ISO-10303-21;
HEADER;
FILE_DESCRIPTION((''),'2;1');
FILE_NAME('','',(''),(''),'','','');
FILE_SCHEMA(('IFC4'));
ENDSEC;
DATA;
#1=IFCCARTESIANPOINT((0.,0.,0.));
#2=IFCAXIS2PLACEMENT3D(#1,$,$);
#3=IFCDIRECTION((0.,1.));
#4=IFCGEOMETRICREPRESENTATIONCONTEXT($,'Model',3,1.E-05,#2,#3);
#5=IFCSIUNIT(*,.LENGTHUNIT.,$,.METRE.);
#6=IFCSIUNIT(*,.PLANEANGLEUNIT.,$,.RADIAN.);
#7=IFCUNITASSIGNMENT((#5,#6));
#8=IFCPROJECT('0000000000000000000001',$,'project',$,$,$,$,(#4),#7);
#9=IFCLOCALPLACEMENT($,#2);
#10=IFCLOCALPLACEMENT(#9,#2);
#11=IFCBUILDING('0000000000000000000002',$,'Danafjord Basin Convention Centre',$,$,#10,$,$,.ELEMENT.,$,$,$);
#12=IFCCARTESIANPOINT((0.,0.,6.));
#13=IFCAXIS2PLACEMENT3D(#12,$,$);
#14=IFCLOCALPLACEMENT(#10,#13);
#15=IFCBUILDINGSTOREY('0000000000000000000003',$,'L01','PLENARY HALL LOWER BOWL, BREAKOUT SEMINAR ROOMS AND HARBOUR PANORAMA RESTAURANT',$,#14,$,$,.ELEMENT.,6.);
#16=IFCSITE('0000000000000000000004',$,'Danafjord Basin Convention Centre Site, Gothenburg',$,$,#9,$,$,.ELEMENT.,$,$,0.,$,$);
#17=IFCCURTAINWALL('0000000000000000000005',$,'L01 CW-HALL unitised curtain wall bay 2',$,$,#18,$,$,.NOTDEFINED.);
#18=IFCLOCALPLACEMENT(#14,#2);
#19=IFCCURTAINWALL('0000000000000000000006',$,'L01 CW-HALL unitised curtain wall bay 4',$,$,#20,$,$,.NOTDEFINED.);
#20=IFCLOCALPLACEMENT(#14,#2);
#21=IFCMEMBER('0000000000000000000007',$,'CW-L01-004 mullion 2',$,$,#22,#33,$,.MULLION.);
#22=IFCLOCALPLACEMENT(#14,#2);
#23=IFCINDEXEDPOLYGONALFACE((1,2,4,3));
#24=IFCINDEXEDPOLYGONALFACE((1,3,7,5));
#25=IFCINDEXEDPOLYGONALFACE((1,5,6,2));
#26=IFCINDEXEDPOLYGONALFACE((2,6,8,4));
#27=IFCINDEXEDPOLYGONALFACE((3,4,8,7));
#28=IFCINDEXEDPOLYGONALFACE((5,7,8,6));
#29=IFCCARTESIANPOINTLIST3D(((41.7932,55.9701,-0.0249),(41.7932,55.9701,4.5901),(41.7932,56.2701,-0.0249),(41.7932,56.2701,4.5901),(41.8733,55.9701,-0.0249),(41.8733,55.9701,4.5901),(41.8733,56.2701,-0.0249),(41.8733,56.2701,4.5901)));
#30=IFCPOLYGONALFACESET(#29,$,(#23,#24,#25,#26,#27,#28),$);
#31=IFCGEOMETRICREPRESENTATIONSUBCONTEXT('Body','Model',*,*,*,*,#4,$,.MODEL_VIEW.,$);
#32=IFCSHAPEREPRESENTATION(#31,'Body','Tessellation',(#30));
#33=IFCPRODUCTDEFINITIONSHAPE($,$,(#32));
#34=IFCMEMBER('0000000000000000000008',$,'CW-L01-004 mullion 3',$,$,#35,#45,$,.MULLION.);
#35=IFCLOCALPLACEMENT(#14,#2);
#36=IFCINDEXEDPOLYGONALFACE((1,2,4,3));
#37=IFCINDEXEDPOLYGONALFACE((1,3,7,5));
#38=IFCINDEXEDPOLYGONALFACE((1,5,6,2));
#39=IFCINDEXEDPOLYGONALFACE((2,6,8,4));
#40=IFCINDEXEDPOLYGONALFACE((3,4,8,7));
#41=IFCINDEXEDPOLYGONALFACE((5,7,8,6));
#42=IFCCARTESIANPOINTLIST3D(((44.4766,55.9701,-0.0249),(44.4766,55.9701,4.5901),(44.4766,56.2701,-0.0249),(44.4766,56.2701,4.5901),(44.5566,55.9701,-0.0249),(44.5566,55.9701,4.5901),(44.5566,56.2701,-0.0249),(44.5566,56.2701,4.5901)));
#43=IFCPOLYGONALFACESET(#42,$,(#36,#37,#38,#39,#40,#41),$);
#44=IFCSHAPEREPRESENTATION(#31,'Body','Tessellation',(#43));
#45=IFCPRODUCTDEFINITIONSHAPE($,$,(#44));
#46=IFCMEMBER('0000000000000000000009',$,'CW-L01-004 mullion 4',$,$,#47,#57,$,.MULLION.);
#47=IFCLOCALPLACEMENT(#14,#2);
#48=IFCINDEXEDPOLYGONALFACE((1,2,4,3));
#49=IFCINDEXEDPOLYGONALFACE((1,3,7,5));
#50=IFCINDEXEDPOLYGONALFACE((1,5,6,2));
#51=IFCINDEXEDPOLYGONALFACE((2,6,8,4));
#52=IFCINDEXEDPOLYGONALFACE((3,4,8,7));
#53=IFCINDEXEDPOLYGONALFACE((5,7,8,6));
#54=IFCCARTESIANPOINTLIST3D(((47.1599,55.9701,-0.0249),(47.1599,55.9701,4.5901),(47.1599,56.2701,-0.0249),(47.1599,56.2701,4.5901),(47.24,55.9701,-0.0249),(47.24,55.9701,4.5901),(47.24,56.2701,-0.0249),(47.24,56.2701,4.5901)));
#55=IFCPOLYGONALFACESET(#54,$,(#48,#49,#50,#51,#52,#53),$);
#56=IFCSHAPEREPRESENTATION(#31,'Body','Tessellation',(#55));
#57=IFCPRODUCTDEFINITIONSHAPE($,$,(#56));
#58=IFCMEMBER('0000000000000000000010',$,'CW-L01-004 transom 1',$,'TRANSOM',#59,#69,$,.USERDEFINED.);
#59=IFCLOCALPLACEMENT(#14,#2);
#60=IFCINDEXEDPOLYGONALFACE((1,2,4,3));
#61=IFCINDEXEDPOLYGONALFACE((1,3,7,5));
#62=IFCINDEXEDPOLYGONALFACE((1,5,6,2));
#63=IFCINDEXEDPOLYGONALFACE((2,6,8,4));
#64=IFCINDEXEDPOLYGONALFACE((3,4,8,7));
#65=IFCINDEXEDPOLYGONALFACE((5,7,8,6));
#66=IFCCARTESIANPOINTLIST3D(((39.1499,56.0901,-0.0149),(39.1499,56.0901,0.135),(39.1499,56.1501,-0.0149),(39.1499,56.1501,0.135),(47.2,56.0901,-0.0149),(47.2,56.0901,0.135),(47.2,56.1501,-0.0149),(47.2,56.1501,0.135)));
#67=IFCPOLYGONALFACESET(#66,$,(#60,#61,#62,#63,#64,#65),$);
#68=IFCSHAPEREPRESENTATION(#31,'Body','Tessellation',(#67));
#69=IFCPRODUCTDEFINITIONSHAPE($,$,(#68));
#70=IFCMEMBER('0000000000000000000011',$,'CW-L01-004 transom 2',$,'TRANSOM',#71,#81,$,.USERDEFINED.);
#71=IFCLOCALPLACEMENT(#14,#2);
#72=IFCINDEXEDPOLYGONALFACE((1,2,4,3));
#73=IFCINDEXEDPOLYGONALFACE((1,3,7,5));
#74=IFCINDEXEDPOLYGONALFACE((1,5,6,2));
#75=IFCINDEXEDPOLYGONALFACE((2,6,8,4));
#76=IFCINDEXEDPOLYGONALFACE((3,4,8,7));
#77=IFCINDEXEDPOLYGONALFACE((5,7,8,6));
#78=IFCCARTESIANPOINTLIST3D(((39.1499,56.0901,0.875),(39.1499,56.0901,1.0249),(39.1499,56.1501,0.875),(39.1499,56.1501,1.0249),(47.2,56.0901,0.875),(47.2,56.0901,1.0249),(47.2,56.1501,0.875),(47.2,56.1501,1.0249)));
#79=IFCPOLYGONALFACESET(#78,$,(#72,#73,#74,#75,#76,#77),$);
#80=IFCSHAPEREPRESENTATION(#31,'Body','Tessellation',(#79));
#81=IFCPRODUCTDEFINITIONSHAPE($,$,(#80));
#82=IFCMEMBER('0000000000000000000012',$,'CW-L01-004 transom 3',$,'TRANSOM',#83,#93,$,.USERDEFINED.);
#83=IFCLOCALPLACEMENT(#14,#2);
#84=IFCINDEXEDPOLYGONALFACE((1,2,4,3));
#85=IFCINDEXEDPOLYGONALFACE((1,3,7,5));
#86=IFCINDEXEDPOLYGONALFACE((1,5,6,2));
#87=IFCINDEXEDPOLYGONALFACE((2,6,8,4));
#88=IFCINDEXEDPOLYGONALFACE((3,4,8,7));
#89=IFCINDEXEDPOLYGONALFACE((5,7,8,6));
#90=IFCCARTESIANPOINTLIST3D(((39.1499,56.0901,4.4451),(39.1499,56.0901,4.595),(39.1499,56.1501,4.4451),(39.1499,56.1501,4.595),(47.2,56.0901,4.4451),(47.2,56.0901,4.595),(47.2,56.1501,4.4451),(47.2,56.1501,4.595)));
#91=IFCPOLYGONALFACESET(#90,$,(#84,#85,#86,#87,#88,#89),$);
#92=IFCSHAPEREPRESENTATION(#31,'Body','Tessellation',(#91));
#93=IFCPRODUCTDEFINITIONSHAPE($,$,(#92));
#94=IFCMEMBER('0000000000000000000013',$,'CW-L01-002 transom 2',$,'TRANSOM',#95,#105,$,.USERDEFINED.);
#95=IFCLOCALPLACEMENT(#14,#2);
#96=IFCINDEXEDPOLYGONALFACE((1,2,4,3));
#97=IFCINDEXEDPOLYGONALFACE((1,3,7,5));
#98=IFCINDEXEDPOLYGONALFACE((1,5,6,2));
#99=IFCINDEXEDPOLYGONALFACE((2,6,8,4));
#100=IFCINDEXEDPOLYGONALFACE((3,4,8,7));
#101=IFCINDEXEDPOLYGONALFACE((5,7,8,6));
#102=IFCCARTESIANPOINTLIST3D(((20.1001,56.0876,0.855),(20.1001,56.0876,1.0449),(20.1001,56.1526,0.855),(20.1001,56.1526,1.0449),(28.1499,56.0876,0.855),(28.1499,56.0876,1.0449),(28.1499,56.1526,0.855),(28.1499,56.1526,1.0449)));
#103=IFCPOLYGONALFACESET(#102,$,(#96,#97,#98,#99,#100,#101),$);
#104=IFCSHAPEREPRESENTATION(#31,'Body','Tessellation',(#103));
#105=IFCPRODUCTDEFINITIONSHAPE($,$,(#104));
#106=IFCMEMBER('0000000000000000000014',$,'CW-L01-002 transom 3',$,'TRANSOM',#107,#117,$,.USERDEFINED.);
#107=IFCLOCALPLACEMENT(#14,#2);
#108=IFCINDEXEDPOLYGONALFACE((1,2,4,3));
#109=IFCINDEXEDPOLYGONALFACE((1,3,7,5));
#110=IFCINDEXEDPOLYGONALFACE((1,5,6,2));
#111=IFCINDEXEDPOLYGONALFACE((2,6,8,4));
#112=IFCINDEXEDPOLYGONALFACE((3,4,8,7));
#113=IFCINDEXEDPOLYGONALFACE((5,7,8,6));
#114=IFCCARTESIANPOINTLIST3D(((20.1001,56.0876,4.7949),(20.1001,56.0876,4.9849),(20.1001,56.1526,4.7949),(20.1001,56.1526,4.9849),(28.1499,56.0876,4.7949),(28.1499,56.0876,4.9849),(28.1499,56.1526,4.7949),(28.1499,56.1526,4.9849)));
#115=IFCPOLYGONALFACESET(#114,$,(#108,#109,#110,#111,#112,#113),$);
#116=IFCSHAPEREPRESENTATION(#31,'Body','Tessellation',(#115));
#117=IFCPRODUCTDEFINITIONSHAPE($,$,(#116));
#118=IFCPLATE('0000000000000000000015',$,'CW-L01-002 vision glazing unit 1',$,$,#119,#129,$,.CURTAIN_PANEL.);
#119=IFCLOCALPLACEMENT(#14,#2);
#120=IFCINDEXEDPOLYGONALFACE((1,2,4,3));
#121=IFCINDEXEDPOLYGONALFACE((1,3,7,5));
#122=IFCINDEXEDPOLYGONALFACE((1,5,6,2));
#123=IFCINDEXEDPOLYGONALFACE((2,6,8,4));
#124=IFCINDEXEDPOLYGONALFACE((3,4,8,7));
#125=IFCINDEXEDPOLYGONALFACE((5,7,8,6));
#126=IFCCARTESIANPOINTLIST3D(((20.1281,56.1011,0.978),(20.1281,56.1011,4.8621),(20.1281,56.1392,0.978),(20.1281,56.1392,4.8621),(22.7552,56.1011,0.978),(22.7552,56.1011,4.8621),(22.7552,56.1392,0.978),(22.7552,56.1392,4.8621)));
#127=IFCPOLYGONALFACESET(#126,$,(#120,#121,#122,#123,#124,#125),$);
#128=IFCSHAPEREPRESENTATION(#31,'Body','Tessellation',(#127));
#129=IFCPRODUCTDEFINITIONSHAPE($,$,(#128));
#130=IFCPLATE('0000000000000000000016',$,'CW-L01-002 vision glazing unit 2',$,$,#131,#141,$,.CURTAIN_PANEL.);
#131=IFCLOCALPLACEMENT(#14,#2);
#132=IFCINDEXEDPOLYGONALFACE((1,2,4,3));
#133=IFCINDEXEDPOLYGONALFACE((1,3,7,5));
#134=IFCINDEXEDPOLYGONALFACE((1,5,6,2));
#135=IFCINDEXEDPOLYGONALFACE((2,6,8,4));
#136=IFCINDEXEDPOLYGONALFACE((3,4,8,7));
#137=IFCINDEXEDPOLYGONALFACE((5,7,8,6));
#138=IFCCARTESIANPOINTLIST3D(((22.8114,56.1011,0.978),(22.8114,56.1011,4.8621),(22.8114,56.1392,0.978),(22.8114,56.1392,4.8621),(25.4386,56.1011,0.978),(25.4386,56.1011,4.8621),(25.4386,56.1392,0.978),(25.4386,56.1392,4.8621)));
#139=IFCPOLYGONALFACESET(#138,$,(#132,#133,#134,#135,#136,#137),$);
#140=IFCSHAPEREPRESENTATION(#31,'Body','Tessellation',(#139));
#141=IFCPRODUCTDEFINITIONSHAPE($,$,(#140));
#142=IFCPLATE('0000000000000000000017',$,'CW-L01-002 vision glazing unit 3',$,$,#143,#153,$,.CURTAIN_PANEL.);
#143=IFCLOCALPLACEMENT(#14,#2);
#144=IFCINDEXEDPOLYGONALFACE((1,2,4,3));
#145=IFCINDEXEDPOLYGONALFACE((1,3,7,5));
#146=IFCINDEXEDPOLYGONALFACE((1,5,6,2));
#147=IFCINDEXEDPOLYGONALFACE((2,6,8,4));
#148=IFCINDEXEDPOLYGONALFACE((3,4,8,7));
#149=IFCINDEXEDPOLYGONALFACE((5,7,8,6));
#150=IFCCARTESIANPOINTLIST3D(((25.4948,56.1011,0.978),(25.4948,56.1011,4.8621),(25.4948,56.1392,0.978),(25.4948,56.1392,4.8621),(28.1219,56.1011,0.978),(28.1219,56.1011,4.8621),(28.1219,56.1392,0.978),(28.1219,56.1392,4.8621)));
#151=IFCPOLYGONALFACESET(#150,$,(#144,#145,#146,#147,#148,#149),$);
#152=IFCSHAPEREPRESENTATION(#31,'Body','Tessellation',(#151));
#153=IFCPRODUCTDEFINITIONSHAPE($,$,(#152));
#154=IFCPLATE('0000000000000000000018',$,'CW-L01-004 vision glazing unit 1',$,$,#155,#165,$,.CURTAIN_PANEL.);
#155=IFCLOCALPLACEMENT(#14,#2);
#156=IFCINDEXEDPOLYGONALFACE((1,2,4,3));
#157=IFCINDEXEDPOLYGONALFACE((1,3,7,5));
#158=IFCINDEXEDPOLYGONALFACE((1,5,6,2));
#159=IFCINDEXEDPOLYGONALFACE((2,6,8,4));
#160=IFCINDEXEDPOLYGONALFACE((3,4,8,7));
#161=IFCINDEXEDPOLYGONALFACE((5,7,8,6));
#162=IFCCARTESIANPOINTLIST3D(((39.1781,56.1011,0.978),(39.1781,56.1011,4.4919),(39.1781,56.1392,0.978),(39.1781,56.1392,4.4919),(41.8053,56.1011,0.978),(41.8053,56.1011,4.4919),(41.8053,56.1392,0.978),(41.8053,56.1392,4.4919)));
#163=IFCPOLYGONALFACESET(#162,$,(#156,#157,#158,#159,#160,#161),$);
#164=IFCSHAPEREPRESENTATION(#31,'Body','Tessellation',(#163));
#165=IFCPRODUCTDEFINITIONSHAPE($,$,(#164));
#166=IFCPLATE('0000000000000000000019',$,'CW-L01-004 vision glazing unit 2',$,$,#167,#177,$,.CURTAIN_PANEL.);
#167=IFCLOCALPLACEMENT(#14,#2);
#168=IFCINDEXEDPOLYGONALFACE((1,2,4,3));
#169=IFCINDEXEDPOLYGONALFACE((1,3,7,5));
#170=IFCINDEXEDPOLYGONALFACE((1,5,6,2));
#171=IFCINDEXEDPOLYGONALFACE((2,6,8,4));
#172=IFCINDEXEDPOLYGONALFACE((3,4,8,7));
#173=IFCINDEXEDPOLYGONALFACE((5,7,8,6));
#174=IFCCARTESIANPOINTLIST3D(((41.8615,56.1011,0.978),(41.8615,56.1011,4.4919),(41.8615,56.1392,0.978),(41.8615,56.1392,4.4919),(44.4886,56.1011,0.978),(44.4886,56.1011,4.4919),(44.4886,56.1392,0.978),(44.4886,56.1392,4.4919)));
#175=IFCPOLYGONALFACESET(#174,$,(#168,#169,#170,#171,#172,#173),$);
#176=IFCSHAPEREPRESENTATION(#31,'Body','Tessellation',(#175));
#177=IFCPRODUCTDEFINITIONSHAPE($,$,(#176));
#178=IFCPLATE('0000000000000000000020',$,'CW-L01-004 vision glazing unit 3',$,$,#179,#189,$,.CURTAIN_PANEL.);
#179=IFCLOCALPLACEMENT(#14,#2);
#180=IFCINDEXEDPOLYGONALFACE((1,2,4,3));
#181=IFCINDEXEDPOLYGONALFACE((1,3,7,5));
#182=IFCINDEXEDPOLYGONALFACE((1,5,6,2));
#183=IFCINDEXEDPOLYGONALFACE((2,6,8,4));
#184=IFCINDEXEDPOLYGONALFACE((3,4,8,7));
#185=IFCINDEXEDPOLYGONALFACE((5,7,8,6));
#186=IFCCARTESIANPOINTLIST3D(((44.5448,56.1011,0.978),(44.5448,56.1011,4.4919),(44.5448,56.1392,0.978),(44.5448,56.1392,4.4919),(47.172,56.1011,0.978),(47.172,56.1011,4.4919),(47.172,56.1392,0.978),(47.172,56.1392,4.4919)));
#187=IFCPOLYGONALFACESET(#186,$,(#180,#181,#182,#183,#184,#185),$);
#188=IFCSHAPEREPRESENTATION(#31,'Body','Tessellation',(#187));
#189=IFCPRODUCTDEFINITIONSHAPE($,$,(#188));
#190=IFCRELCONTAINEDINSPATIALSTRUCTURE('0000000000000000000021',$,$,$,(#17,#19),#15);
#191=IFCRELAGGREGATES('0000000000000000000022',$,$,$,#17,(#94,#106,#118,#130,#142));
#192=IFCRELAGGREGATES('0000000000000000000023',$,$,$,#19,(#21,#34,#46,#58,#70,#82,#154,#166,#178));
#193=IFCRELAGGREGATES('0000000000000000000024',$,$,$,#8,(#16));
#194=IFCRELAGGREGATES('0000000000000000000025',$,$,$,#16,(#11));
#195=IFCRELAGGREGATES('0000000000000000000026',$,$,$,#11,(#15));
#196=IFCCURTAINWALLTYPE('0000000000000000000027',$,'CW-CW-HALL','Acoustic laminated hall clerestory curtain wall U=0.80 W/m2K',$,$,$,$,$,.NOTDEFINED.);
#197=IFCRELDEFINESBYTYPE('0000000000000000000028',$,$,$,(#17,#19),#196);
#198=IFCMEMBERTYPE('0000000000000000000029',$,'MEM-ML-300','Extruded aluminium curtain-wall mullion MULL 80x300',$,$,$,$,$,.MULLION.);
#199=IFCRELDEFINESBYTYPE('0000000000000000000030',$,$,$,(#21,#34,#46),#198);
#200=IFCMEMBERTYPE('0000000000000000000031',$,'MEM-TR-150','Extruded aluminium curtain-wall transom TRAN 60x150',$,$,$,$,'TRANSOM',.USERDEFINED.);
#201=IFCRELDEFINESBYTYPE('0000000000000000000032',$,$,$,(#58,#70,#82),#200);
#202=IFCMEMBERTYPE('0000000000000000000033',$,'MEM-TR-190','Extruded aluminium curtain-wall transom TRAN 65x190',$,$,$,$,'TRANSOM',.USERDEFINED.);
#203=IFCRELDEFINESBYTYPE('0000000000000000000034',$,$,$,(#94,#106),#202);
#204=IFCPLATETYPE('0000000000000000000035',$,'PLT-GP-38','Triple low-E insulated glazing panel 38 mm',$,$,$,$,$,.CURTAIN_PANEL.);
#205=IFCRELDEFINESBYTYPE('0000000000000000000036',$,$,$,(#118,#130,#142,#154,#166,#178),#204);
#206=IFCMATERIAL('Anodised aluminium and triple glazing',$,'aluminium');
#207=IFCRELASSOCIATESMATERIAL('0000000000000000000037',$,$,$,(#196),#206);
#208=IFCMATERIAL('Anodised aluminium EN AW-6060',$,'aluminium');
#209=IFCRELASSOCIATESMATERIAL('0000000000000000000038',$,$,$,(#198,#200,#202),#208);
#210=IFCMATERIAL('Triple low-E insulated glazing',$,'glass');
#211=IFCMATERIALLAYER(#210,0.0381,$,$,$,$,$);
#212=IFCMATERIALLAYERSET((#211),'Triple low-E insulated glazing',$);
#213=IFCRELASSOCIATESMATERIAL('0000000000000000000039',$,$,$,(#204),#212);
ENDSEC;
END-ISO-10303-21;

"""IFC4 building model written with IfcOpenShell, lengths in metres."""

from ifc_helpers import new_model, si_unit, direction, frame, origin, origin_2d, place, context, subcontext, project, spatial, rectangle, extrude, material, layer, layer_set, material_profile, profile_set, type_object, element, aggregate, save


model = new_model("IFC4")

# Units and contexts
model_context = context("Model", 3, precision=1e-05, world=origin(), true_north=direction((0.0, 1.0)))
body_context = subcontext(model_context, "Body", "Model", "MODEL_VIEW")
ifc_project = project(units=[si_unit("LENGTHUNIT", "METRE"), si_unit("PLANEANGLEUNIT", "RADIAN")], contexts=[model_context])

# Site, building, storey
site_placement = place(None, origin())
site = spatial("IfcSite", under=ifc_project, at=site_placement, Name="Danafjord Basin Convention Centre Site, Gothenburg", CompositionType="ELEMENT", RefElevation=0.0)
building_placement = place(site_placement, origin())
building = spatial("IfcBuilding", under=site, at=building_placement, Name="Danafjord Basin Convention Centre", CompositionType="ELEMENT")
storey_placement = place(building_placement, frame((0.0, 0.0, 6.0)))
storey = spatial("IfcBuildingStorey", under=building, at=storey_placement, Name="L01", Description="PLENARY HALL LOWER BOWL, BREAKOUT SEMINAR ROOMS AND HARBOUR PANORAMA RESTAURANT", CompositionType="ELEMENT", Elevation=6.0)

# Curtain walls, members
ifc_material_1 = material(Name="Anodised aluminium and triple glazing", Category="aluminium")
curtain_wall_type = type_object("IfcCurtainWallType", Name="CW-CW-HALL", Description="Acoustic laminated hall clerestory curtain wall U=0.80 W/m2K", PredefinedType="NOTDEFINED", material=ifc_material_1)
curtain_wall_1_placement = place(storey_placement, origin())
curtain_wall_1 = element("IfcCurtainWall", 1, at=curtain_wall_1_placement, inside=storey, type_object=curtain_wall_type, Name="L01 CW-HALL unitised curtain wall bay 2", PredefinedType="NOTDEFINED")
ifc_material_2 = material(Name="Anodised aluminium EN AW-6060", Category="aluminium")
curtain_wall_2_placement = place(storey_placement, origin())
curtain_wall_2 = element("IfcCurtainWall", 2, at=curtain_wall_2_placement, inside=storey, type_object=curtain_wall_type, Name="L01 CW-HALL unitised curtain wall bay 4", PredefinedType="NOTDEFINED")
ifc_material_profile_1 = material_profile(ifc_material_2, rectangle(XDim=0.0801, YDim=0.3, at=origin_2d()), Name="MULL 80x300")
ifc_profile_set_1 = profile_set([ifc_material_profile_1], Name="Anodised aluminium EN AW-6060")
member_type_1 = type_object("IfcMemberType", Name="MEM-ML-300", Description="Extruded aluminium curtain-wall mullion MULL 80x300", PredefinedType="MULLION", material=ifc_profile_set_1)
member_1_placement = place(storey_placement, frame((41.8333, 56.1201, -0.0249), z_axis=(0.0, 0.0, 1.0), x_axis=(1.0, 0.0, 0.0)))
member_1 = element("IfcMember", 3, at=member_1_placement, type_object=member_type_1, Name="CW-L01-004 mullion 2", PredefinedType="MULLION", context=body_context, shape_type="SweptSolid", body=[
    extrude(rectangle(XDim=0.0801, YDim=0.3, at=origin_2d()), origin(), (0.0, 0.0, 1.0), 4.615),
])
member_2_placement = place(storey_placement, frame((44.5166, 56.1201, -0.0249), z_axis=(0.0, 0.0, 1.0), x_axis=(1.0, 0.0, 0.0)))
member_2 = element("IfcMember", 4, at=member_2_placement, type_object=member_type_1, Name="CW-L01-004 mullion 3", PredefinedType="MULLION", context=body_context, shape_type="SweptSolid", body=[
    extrude(rectangle(XDim=0.0801, YDim=0.3, at=origin_2d()), origin(), (0.0, 0.0, 1.0), 4.615),
])
member_3_placement = place(storey_placement, frame((47.2, 56.1201, -0.0249), z_axis=(0.0, 0.0, 1.0), x_axis=(1.0, 0.0, 0.0)))
member_3 = element("IfcMember", 5, at=member_3_placement, type_object=member_type_1, Name="CW-L01-004 mullion 4", PredefinedType="MULLION", context=body_context, shape_type="SweptSolid", body=[
    extrude(rectangle(XDim=0.0801, YDim=0.3, at=origin_2d()), origin(), (0.0, 0.0, 1.0), 4.615),
])
ifc_material_profile_2 = material_profile(ifc_material_2, rectangle(XDim=0.0601, YDim=0.1499, at=origin_2d()), Name="TRAN 60x150")
ifc_profile_set_2 = profile_set([ifc_material_profile_2], Name="Anodised aluminium EN AW-6060")
member_type_2 = type_object("IfcMemberType", Name="MEM-TR-150", Description="Extruded aluminium curtain-wall transom TRAN 60x150", ElementType="TRANSOM", PredefinedType="USERDEFINED", material=ifc_profile_set_2)
member_4_placement = place(storey_placement, frame((39.1499, 56.1201, 0.0601), z_axis=(1.0, 0.0, 0.0), x_axis=(0.0, 1.0, 0.0)))
member_4 = element("IfcMember", 6, at=member_4_placement, type_object=member_type_2, Name="CW-L01-004 transom 1", ObjectType="TRANSOM", PredefinedType="USERDEFINED", context=body_context, shape_type="SweptSolid", body=[
    extrude(rectangle(XDim=0.0601, YDim=0.1499, at=origin_2d()), origin(), (0.0, 0.0, 1.0), 8.05),
])
member_5_placement = place(storey_placement, frame((39.1499, 56.1201, 0.95), z_axis=(1.0, 0.0, 0.0), x_axis=(0.0, 1.0, 0.0)))
member_5 = element("IfcMember", 7, at=member_5_placement, type_object=member_type_2, Name="CW-L01-004 transom 2", ObjectType="TRANSOM", PredefinedType="USERDEFINED", context=body_context, shape_type="SweptSolid", body=[
    extrude(rectangle(XDim=0.0601, YDim=0.1499, at=origin_2d()), origin(), (0.0, 0.0, 1.0), 8.05),
])
member_6_placement = place(storey_placement, frame((39.1499, 56.1201, 4.52), z_axis=(1.0, 0.0, 0.0), x_axis=(0.0, 1.0, 0.0)))
member_6 = element("IfcMember", 8, at=member_6_placement, type_object=member_type_2, Name="CW-L01-004 transom 3", ObjectType="TRANSOM", PredefinedType="USERDEFINED", context=body_context, shape_type="SweptSolid", body=[
    extrude(rectangle(XDim=0.0601, YDim=0.1499, at=origin_2d()), origin(), (0.0, 0.0, 1.0), 8.05),
])

# Members
ifc_material_profile_3 = material_profile(ifc_material_2, rectangle(XDim=0.0649, YDim=0.1899, at=origin_2d()), Name="TRAN 65x190")
ifc_profile_set_3 = profile_set([ifc_material_profile_3], Name="Anodised aluminium EN AW-6060")
member_type_3 = type_object("IfcMemberType", Name="MEM-TR-190", Description="Extruded aluminium curtain-wall transom TRAN 65x190", ElementType="TRANSOM", PredefinedType="USERDEFINED", material=ifc_profile_set_3)
member_7_placement = place(storey_placement, frame((20.1001, 56.1201, 0.95), z_axis=(1.0, 0.0, 0.0), x_axis=(0.0, 1.0, 0.0)))
member_7 = element("IfcMember", 9, at=member_7_placement, type_object=member_type_3, Name="CW-L01-002 transom 2", ObjectType="TRANSOM", PredefinedType="USERDEFINED", context=body_context, shape_type="SweptSolid", body=[
    extrude(rectangle(XDim=0.0649, YDim=0.1899, at=origin_2d()), origin(), (0.0, 0.0, 1.0), 8.0498),
])
member_8_placement = place(storey_placement, frame((20.1001, 56.1201, 4.8899), z_axis=(1.0, 0.0, 0.0), x_axis=(0.0, 1.0, 0.0)))
member_8 = element("IfcMember", 10, at=member_8_placement, type_object=member_type_3, Name="CW-L01-002 transom 3", ObjectType="TRANSOM", PredefinedType="USERDEFINED", context=body_context, shape_type="SweptSolid", body=[
    extrude(rectangle(XDim=0.0649, YDim=0.1899, at=origin_2d()), origin(), (0.0, 0.0, 1.0), 8.0498),
])

# Plates
ifc_material_3 = material(Name="Triple low-E insulated glazing", Category="glass")
ifc_layer_1 = layer(ifc_material_3, 0.0381)
ifc_layer_set_1 = layer_set([ifc_layer_1], Name="Triple low-E insulated glazing")
plate_type_1 = type_object("IfcPlateType", Name="PLT-GP-38", Description="Triple low-E insulated glazing panel 38 mm", PredefinedType="CURTAIN_PANEL", material=ifc_layer_set_1)
plate_1_placement = place(storey_placement, frame((21.4417, 56.1201, 0.978), z_axis=(0.0, 0.0, 1.0), x_axis=(1.0, 0.0, 0.0)))
plate_1 = element("IfcPlate", 11, at=plate_1_placement, type_object=plate_type_1, Name="CW-L01-002 vision glazing unit 1", PredefinedType="CURTAIN_PANEL", context=body_context, shape_type="SweptSolid", body=[
    extrude(rectangle(XDim=2.6272, YDim=0.0381, at=origin_2d()), origin(), (0.0, 0.0, 1.0), 3.884),
])
plate_2_placement = place(storey_placement, frame((24.125, 56.1201, 0.978), z_axis=(0.0, 0.0, 1.0), x_axis=(1.0, 0.0, 0.0)))
plate_2 = element("IfcPlate", 12, at=plate_2_placement, type_object=plate_type_1, Name="CW-L01-002 vision glazing unit 2", PredefinedType="CURTAIN_PANEL", context=body_context, shape_type="SweptSolid", body=[
    extrude(rectangle(XDim=2.6272, YDim=0.0381, at=origin_2d()), origin(), (0.0, 0.0, 1.0), 3.884),
])
plate_3_placement = place(storey_placement, frame((26.8083, 56.1201, 0.978), z_axis=(0.0, 0.0, 1.0), x_axis=(1.0, 0.0, 0.0)))
plate_3 = element("IfcPlate", 13, at=plate_3_placement, type_object=plate_type_1, Name="CW-L01-002 vision glazing unit 3", PredefinedType="CURTAIN_PANEL", context=body_context, shape_type="SweptSolid", body=[
    extrude(rectangle(XDim=2.6272, YDim=0.0381, at=origin_2d()), origin(), (0.0, 0.0, 1.0), 3.884),
])
plate_4_placement = place(storey_placement, frame((40.4917, 56.1201, 0.978), z_axis=(0.0, 0.0, 1.0), x_axis=(1.0, 0.0, 0.0)))
plate_4 = element("IfcPlate", 14, at=plate_4_placement, type_object=plate_type_1, Name="CW-L01-004 vision glazing unit 1", PredefinedType="CURTAIN_PANEL", context=body_context, shape_type="SweptSolid", body=[
    extrude(rectangle(XDim=2.6272, YDim=0.0381, at=origin_2d()), origin(), (0.0, 0.0, 1.0), 3.5139),
])
plate_5_placement = place(storey_placement, frame((43.175, 56.1201, 0.978), z_axis=(0.0, 0.0, 1.0), x_axis=(1.0, 0.0, 0.0)))
plate_5 = element("IfcPlate", 15, at=plate_5_placement, type_object=plate_type_1, Name="CW-L01-004 vision glazing unit 2", PredefinedType="CURTAIN_PANEL", context=body_context, shape_type="SweptSolid", body=[
    extrude(rectangle(XDim=2.6272, YDim=0.0381, at=origin_2d()), origin(), (0.0, 0.0, 1.0), 3.5139),
])
plate_6_placement = place(storey_placement, frame((45.8584, 56.1201, 0.978), z_axis=(0.0, 0.0, 1.0), x_axis=(1.0, 0.0, 0.0)))
plate_6 = element("IfcPlate", 16, at=plate_6_placement, type_object=plate_type_1, Name="CW-L01-004 vision glazing unit 3", PredefinedType="CURTAIN_PANEL", context=body_context, shape_type="SweptSolid", body=[
    extrude(rectangle(XDim=2.6272, YDim=0.0381, at=origin_2d()), origin(), (0.0, 0.0, 1.0), 3.5139),
])
aggregate(curtain_wall_1, [member_7, member_8, plate_1, plate_2, plate_3])
aggregate(curtain_wall_2, [member_1, member_2, member_3, member_4, member_5, member_6, plate_4, plate_5, plate_6])

save(model, "model.ifc")
